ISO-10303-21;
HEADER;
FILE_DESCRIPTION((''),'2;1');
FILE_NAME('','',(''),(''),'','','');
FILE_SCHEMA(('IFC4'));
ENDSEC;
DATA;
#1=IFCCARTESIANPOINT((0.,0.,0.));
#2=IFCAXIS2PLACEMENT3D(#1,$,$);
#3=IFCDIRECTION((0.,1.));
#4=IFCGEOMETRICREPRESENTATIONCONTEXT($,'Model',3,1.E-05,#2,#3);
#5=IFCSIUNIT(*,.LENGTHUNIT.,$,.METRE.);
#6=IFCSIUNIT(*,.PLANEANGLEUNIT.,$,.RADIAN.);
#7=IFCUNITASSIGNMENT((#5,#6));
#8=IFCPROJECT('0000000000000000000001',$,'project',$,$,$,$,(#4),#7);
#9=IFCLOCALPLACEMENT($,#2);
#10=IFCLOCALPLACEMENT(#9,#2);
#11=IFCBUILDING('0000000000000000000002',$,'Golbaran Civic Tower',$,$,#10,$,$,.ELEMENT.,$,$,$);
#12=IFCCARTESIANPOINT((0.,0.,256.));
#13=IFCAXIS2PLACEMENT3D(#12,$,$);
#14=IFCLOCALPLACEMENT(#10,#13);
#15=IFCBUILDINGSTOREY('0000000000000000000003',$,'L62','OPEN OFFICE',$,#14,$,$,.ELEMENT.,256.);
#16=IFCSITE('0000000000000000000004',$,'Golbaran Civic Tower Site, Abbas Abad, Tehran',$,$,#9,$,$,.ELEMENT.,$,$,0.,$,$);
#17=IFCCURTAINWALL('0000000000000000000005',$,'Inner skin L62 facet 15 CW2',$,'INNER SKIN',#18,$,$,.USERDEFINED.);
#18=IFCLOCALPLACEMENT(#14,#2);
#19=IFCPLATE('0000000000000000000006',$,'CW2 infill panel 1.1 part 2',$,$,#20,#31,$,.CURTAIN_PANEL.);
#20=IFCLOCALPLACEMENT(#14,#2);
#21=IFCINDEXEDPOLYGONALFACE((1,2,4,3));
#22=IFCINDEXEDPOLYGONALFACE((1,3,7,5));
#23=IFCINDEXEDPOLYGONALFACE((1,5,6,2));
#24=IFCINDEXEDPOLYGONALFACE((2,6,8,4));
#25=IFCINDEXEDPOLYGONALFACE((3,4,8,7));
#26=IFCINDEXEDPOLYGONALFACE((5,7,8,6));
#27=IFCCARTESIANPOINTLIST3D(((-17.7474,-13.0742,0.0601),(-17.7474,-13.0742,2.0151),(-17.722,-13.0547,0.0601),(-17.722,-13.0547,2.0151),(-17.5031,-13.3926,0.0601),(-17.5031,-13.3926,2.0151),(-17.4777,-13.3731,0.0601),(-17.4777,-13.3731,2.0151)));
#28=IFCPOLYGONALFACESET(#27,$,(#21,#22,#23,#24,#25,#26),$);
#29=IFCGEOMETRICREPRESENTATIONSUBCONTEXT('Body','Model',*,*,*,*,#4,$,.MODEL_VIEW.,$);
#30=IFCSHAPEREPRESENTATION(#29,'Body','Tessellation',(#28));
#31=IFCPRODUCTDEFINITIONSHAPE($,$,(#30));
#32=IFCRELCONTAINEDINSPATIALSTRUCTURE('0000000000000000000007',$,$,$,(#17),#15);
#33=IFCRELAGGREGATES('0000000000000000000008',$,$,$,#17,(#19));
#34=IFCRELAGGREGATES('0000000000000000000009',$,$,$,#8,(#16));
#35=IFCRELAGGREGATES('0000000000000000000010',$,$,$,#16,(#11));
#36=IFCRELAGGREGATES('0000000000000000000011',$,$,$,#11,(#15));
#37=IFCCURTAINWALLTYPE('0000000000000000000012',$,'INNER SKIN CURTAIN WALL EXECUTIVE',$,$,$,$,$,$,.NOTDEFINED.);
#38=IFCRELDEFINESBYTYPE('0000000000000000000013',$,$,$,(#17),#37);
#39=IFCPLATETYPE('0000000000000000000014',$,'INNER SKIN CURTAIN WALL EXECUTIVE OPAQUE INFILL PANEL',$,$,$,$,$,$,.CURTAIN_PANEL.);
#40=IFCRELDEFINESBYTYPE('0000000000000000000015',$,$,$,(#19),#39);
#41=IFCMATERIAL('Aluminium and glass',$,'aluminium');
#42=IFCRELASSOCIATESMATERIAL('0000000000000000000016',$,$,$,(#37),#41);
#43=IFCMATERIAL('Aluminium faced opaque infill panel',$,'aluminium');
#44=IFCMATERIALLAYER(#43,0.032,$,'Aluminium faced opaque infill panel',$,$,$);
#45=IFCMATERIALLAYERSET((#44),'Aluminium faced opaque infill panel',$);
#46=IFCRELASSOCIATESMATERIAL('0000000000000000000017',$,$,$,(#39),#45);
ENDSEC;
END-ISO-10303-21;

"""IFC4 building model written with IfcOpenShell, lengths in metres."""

from ifc_helpers import new_model, si_unit, direction, frame, origin, origin_2d, place, context, subcontext, project, spatial, rectangle, extrude, material, layer, layer_set, type_object, element, aggregate, save


model = new_model("IFC4")

# Units and contexts
model_context = context("Model", 3, precision=1e-05, world=origin(), true_north=direction((0.0, 1.0)))
body_context = subcontext(model_context, "Body", "Model", "MODEL_VIEW")
ifc_project = project(units=[si_unit("LENGTHUNIT", "METRE"), si_unit("PLANEANGLEUNIT", "RADIAN")], contexts=[model_context])

# Site, building, storey
site_placement = place(None, origin())
site = spatial("IfcSite", under=ifc_project, at=site_placement, Name="Golbaran Civic Tower Site, Abbas Abad, Tehran", CompositionType="ELEMENT", RefElevation=0.0)
building_placement = place(site_placement, origin())
building = spatial("IfcBuilding", under=site, at=building_placement, Name="Golbaran Civic Tower", CompositionType="ELEMENT")
storey_placement = place(building_placement, frame((0.0, 0.0, 256.0)))
storey = spatial("IfcBuildingStorey", under=building, at=storey_placement, Name="L62", Description="OPEN OFFICE", CompositionType="ELEMENT", Elevation=256.0)

# Shared definitions
ifc_material_1 = material(Name="Aluminium and glass", Category="aluminium")
curtain_wall_type = type_object("IfcCurtainWallType", Name="INNER SKIN CURTAIN WALL EXECUTIVE", PredefinedType="NOTDEFINED", material=ifc_material_1)

# Curtain wall
curtain_wall_1_placement = place(storey_placement, origin())
curtain_wall_1 = element("IfcCurtainWall", 1, at=curtain_wall_1_placement, inside=storey, type_object=curtain_wall_type, Name="Inner skin L62 facet 15 CW2", ObjectType="INNER SKIN", PredefinedType="USERDEFINED")

# Plate
ifc_material_2 = material(Name="Aluminium faced opaque infill panel", Category="aluminium")
ifc_layer_1 = layer(ifc_material_2, 0.032, Name="Aluminium faced opaque infill panel")
ifc_layer_set_1 = layer_set([ifc_layer_1], Name="Aluminium faced opaque infill panel")
plate_type_1 = type_object("IfcPlateType", Name="INNER SKIN CURTAIN WALL EXECUTIVE OPAQUE INFILL PANEL", PredefinedType="CURTAIN_PANEL", material=ifc_layer_set_1)
plate_1_placement = place(storey_placement, frame((-17.6125, -13.2236, 0.0601), z_axis=(0.0, 0.0, 1.0), x_axis=(0.608761, -0.793353, 0.0)))
plate_1 = element("IfcPlate", 2, at=plate_1_placement, type_object=plate_type_1, Name="CW2 infill panel 1.1 part 2", PredefinedType="CURTAIN_PANEL", context=body_context, shape_type="SweptSolid", body=[
    extrude(rectangle(XDim=0.4014, YDim=0.032, at=origin_2d()), origin(), (0.0, 0.0, 1.0), 1.9551),
])
aggregate(curtain_wall_1, [plate_1])

save(model, "model.ifc")
